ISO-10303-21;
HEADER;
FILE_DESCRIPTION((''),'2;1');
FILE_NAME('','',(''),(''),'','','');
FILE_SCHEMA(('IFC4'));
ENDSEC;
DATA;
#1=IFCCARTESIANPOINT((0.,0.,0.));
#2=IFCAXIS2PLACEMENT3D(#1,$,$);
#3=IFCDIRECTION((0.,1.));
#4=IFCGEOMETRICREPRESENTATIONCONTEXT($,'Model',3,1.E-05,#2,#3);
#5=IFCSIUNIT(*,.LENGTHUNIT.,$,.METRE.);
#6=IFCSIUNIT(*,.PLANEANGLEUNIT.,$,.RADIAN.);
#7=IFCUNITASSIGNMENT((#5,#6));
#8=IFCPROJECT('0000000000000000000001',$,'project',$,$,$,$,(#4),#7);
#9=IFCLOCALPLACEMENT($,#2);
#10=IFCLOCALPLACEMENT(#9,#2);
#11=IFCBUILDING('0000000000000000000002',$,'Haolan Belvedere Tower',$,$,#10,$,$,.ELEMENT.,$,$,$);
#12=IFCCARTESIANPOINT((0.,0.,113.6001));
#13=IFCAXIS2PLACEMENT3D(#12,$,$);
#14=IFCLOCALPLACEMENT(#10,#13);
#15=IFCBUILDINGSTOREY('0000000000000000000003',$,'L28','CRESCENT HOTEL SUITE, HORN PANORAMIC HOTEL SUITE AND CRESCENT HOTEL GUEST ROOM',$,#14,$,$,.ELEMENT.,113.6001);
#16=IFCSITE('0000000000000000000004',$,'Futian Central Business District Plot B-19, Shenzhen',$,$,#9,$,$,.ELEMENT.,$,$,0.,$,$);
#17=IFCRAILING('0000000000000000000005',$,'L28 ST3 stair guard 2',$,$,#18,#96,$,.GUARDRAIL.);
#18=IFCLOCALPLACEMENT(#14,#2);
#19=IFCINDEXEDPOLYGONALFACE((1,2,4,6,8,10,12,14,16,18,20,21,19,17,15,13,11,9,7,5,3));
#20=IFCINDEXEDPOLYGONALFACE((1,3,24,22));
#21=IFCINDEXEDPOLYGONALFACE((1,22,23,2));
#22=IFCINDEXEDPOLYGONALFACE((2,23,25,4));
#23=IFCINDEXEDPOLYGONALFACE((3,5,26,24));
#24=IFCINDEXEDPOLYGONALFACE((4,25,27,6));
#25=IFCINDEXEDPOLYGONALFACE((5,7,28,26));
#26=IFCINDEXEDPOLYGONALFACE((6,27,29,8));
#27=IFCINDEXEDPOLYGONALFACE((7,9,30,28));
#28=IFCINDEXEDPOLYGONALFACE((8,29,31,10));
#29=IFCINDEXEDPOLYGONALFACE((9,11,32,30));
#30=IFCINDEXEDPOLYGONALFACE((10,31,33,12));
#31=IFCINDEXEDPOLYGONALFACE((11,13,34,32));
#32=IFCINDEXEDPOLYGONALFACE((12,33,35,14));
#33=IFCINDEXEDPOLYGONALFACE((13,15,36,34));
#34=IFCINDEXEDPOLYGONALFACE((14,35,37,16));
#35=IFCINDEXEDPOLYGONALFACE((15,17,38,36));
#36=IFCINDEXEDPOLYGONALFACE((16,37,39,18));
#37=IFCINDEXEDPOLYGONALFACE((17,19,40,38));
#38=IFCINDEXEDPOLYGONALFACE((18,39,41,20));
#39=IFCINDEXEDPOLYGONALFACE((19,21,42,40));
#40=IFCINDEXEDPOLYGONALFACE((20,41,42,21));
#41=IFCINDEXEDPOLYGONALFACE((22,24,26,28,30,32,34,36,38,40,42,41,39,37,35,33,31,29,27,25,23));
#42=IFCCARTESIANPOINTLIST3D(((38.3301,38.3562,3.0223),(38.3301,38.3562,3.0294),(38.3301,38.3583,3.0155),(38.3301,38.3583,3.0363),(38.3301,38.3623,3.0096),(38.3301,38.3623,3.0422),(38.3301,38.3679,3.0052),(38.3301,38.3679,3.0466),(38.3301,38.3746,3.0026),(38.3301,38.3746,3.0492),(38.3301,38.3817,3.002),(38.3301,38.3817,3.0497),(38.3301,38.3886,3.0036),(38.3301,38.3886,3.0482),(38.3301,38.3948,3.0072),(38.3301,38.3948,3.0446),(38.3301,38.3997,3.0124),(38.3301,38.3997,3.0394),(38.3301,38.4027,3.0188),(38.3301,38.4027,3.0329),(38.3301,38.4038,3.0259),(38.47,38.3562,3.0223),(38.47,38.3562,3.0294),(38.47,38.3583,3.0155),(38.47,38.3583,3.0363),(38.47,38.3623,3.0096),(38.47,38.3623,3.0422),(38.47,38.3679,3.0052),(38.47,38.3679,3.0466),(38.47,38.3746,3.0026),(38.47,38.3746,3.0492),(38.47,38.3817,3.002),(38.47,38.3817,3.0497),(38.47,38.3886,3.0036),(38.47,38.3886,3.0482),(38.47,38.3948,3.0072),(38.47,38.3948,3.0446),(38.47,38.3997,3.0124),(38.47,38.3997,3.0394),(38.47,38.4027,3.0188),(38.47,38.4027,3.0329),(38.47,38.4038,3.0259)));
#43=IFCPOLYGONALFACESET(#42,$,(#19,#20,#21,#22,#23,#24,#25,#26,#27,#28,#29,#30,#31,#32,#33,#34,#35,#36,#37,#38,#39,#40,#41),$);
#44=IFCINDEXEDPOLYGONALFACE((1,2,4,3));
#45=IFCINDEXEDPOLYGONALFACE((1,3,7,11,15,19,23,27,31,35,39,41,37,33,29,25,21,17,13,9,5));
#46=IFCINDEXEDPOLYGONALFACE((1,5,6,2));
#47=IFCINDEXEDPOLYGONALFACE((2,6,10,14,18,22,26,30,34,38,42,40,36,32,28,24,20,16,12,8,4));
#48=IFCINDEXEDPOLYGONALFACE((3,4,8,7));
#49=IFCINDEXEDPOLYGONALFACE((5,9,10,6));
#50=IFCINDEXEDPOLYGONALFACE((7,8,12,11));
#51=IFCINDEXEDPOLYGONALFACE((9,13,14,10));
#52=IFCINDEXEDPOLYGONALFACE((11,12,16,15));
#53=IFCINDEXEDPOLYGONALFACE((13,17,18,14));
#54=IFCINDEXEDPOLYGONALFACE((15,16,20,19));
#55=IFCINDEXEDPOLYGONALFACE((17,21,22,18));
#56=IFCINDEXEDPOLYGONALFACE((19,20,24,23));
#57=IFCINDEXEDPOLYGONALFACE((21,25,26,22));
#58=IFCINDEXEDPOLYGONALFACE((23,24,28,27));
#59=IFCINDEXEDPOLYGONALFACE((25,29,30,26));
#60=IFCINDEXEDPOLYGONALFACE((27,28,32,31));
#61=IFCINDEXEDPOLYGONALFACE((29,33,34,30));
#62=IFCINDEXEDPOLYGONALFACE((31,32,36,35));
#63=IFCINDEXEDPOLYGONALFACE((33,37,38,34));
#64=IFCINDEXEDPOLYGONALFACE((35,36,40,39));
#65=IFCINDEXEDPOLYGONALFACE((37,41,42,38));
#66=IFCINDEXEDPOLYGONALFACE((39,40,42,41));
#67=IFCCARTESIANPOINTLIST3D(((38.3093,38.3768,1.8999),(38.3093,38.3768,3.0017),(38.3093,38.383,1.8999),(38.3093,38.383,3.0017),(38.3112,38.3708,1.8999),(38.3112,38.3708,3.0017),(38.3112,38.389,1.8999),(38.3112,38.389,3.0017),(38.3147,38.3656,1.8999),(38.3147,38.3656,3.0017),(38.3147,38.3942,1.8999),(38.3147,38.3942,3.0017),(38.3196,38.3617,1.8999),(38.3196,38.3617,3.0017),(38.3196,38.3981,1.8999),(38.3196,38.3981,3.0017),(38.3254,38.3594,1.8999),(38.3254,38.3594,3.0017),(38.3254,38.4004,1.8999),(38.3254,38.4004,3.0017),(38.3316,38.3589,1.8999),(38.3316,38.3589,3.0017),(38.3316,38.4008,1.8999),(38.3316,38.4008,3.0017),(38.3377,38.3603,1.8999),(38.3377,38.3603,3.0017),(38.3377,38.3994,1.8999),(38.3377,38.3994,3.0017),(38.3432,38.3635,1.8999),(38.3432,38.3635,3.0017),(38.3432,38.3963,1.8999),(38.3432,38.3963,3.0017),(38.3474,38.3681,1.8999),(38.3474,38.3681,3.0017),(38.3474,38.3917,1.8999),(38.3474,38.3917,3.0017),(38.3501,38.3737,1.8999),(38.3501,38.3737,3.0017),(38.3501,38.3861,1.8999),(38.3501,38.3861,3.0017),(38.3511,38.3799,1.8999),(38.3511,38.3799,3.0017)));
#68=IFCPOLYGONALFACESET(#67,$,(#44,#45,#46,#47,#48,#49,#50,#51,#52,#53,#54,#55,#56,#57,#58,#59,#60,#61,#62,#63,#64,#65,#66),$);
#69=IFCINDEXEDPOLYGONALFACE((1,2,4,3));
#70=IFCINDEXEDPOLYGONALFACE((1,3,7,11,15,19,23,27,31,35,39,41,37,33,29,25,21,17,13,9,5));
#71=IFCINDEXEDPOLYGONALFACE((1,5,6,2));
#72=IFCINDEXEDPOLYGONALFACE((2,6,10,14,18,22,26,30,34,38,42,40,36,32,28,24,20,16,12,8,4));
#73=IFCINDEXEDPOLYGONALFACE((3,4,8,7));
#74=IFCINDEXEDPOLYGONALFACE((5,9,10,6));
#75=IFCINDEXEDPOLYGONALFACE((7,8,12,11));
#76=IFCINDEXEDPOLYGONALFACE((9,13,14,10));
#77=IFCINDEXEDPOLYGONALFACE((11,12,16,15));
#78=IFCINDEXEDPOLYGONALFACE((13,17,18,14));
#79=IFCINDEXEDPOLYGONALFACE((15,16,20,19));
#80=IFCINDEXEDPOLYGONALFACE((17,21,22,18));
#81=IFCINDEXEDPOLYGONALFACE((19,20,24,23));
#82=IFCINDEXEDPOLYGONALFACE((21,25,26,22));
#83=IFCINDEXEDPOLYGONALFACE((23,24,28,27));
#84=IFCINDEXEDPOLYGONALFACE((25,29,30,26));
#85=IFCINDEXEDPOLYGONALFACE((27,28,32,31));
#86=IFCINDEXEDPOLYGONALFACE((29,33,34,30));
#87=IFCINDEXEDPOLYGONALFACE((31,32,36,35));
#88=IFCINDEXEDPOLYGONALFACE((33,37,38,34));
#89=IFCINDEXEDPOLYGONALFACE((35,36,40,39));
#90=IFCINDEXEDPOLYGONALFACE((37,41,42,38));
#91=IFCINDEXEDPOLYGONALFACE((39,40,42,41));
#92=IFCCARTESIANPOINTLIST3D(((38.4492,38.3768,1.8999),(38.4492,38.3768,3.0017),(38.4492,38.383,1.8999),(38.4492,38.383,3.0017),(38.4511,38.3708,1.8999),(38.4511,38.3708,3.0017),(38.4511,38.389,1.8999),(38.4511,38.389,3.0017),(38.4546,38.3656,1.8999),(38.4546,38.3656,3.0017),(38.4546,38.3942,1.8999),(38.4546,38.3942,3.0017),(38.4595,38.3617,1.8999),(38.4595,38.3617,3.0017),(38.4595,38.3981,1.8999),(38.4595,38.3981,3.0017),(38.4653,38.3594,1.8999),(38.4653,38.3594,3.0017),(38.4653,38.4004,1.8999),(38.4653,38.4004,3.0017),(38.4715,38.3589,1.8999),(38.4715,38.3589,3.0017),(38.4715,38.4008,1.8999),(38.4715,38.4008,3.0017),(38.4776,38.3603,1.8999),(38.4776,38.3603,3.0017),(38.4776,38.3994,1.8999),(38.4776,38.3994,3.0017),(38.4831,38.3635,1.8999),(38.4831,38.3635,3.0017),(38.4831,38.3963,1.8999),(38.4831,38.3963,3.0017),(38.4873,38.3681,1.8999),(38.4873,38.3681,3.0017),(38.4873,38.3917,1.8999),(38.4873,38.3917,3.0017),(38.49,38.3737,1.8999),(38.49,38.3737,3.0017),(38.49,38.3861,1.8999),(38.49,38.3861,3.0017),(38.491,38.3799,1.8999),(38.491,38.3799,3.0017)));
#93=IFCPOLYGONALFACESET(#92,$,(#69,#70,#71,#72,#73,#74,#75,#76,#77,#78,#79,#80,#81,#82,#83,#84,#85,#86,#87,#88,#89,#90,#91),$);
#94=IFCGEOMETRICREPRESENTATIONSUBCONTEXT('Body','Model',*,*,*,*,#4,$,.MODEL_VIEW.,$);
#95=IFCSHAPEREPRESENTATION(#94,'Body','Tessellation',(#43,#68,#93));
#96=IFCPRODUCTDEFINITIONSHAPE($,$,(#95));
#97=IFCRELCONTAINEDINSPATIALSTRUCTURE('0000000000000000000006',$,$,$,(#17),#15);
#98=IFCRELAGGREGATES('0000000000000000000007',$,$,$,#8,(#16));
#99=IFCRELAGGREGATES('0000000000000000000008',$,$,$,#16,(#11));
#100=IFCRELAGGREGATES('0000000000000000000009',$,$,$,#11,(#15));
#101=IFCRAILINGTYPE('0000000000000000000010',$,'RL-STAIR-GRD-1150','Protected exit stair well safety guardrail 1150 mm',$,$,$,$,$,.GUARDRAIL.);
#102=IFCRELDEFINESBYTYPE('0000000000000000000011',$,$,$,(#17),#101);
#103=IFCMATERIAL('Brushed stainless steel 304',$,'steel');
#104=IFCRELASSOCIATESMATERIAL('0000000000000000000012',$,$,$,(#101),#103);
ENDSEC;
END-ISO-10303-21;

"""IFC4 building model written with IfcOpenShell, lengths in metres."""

from ifc_helpers import new_model, si_unit, direction, frame, origin, origin_2d, place, context, subcontext, project, spatial, circle, extrude, material, type_object, element, save


model = new_model("IFC4")

# Units and contexts
model_context = context("Model", 3, precision=1e-05, world=origin(), true_north=direction((0.0, 1.0)))
body_context = subcontext(model_context, "Body", "Model", "MODEL_VIEW")
ifc_project = project(units=[si_unit("LENGTHUNIT", "METRE"), si_unit("PLANEANGLEUNIT", "RADIAN")], contexts=[model_context])

# Site, building, storey
site_placement = place(None, origin())
site = spatial("IfcSite", under=ifc_project, at=site_placement, Name="Futian Central Business District Plot B-19, Shenzhen", CompositionType="ELEMENT", RefElevation=0.0)
building_placement = place(site_placement, origin())
building = spatial("IfcBuilding", under=site, at=building_placement, Name="Haolan Belvedere Tower", CompositionType="ELEMENT")
storey_placement = place(building_placement, frame((0.0, 0.0, 113.6001)))
storey = spatial("IfcBuildingStorey", under=building, at=storey_placement, Name="L28", Description="CRESCENT HOTEL SUITE, HORN PANORAMIC HOTEL SUITE AND CRESCENT HOTEL GUEST ROOM", CompositionType="ELEMENT", Elevation=113.6001)

# Railing
ifc_material_1 = material(Name="Brushed stainless steel 304", Category="steel")
railing_type_1 = type_object("IfcRailingType", Name="RL-STAIR-GRD-1150", Description="Protected exit stair well safety guardrail 1150 mm", PredefinedType="GUARDRAIL", material=ifc_material_1)
railing_1_placement = place(storey_placement, frame((38.3301, 38.3799, 1.8999)))
element("IfcRailing", 1, at=railing_1_placement, inside=storey, type_object=railing_type_1, Name="L28 ST3 stair guard 2", PredefinedType="GUARDRAIL", context=body_context, shape_type="SweptSolid", body=[
    extrude(circle(Radius=0.0239, at=origin_2d()), frame((0.0, 0.0, 1.126), z_axis=(1.0, 0.0, 0.0), x_axis=(0.0, 1.0, 0.0)), (0.0, 0.0, 1.0), 0.1399),
    extrude(circle(Radius=0.021, at=origin_2d()), origin(), (0.0, 0.0, 1.0), 1.1018),
    extrude(circle(Radius=0.021, at=origin_2d()), frame((0.1399, 0.0, 0.0)), (0.0, 0.0, 1.0), 1.1018),
])

save(model, "model.ifc")
